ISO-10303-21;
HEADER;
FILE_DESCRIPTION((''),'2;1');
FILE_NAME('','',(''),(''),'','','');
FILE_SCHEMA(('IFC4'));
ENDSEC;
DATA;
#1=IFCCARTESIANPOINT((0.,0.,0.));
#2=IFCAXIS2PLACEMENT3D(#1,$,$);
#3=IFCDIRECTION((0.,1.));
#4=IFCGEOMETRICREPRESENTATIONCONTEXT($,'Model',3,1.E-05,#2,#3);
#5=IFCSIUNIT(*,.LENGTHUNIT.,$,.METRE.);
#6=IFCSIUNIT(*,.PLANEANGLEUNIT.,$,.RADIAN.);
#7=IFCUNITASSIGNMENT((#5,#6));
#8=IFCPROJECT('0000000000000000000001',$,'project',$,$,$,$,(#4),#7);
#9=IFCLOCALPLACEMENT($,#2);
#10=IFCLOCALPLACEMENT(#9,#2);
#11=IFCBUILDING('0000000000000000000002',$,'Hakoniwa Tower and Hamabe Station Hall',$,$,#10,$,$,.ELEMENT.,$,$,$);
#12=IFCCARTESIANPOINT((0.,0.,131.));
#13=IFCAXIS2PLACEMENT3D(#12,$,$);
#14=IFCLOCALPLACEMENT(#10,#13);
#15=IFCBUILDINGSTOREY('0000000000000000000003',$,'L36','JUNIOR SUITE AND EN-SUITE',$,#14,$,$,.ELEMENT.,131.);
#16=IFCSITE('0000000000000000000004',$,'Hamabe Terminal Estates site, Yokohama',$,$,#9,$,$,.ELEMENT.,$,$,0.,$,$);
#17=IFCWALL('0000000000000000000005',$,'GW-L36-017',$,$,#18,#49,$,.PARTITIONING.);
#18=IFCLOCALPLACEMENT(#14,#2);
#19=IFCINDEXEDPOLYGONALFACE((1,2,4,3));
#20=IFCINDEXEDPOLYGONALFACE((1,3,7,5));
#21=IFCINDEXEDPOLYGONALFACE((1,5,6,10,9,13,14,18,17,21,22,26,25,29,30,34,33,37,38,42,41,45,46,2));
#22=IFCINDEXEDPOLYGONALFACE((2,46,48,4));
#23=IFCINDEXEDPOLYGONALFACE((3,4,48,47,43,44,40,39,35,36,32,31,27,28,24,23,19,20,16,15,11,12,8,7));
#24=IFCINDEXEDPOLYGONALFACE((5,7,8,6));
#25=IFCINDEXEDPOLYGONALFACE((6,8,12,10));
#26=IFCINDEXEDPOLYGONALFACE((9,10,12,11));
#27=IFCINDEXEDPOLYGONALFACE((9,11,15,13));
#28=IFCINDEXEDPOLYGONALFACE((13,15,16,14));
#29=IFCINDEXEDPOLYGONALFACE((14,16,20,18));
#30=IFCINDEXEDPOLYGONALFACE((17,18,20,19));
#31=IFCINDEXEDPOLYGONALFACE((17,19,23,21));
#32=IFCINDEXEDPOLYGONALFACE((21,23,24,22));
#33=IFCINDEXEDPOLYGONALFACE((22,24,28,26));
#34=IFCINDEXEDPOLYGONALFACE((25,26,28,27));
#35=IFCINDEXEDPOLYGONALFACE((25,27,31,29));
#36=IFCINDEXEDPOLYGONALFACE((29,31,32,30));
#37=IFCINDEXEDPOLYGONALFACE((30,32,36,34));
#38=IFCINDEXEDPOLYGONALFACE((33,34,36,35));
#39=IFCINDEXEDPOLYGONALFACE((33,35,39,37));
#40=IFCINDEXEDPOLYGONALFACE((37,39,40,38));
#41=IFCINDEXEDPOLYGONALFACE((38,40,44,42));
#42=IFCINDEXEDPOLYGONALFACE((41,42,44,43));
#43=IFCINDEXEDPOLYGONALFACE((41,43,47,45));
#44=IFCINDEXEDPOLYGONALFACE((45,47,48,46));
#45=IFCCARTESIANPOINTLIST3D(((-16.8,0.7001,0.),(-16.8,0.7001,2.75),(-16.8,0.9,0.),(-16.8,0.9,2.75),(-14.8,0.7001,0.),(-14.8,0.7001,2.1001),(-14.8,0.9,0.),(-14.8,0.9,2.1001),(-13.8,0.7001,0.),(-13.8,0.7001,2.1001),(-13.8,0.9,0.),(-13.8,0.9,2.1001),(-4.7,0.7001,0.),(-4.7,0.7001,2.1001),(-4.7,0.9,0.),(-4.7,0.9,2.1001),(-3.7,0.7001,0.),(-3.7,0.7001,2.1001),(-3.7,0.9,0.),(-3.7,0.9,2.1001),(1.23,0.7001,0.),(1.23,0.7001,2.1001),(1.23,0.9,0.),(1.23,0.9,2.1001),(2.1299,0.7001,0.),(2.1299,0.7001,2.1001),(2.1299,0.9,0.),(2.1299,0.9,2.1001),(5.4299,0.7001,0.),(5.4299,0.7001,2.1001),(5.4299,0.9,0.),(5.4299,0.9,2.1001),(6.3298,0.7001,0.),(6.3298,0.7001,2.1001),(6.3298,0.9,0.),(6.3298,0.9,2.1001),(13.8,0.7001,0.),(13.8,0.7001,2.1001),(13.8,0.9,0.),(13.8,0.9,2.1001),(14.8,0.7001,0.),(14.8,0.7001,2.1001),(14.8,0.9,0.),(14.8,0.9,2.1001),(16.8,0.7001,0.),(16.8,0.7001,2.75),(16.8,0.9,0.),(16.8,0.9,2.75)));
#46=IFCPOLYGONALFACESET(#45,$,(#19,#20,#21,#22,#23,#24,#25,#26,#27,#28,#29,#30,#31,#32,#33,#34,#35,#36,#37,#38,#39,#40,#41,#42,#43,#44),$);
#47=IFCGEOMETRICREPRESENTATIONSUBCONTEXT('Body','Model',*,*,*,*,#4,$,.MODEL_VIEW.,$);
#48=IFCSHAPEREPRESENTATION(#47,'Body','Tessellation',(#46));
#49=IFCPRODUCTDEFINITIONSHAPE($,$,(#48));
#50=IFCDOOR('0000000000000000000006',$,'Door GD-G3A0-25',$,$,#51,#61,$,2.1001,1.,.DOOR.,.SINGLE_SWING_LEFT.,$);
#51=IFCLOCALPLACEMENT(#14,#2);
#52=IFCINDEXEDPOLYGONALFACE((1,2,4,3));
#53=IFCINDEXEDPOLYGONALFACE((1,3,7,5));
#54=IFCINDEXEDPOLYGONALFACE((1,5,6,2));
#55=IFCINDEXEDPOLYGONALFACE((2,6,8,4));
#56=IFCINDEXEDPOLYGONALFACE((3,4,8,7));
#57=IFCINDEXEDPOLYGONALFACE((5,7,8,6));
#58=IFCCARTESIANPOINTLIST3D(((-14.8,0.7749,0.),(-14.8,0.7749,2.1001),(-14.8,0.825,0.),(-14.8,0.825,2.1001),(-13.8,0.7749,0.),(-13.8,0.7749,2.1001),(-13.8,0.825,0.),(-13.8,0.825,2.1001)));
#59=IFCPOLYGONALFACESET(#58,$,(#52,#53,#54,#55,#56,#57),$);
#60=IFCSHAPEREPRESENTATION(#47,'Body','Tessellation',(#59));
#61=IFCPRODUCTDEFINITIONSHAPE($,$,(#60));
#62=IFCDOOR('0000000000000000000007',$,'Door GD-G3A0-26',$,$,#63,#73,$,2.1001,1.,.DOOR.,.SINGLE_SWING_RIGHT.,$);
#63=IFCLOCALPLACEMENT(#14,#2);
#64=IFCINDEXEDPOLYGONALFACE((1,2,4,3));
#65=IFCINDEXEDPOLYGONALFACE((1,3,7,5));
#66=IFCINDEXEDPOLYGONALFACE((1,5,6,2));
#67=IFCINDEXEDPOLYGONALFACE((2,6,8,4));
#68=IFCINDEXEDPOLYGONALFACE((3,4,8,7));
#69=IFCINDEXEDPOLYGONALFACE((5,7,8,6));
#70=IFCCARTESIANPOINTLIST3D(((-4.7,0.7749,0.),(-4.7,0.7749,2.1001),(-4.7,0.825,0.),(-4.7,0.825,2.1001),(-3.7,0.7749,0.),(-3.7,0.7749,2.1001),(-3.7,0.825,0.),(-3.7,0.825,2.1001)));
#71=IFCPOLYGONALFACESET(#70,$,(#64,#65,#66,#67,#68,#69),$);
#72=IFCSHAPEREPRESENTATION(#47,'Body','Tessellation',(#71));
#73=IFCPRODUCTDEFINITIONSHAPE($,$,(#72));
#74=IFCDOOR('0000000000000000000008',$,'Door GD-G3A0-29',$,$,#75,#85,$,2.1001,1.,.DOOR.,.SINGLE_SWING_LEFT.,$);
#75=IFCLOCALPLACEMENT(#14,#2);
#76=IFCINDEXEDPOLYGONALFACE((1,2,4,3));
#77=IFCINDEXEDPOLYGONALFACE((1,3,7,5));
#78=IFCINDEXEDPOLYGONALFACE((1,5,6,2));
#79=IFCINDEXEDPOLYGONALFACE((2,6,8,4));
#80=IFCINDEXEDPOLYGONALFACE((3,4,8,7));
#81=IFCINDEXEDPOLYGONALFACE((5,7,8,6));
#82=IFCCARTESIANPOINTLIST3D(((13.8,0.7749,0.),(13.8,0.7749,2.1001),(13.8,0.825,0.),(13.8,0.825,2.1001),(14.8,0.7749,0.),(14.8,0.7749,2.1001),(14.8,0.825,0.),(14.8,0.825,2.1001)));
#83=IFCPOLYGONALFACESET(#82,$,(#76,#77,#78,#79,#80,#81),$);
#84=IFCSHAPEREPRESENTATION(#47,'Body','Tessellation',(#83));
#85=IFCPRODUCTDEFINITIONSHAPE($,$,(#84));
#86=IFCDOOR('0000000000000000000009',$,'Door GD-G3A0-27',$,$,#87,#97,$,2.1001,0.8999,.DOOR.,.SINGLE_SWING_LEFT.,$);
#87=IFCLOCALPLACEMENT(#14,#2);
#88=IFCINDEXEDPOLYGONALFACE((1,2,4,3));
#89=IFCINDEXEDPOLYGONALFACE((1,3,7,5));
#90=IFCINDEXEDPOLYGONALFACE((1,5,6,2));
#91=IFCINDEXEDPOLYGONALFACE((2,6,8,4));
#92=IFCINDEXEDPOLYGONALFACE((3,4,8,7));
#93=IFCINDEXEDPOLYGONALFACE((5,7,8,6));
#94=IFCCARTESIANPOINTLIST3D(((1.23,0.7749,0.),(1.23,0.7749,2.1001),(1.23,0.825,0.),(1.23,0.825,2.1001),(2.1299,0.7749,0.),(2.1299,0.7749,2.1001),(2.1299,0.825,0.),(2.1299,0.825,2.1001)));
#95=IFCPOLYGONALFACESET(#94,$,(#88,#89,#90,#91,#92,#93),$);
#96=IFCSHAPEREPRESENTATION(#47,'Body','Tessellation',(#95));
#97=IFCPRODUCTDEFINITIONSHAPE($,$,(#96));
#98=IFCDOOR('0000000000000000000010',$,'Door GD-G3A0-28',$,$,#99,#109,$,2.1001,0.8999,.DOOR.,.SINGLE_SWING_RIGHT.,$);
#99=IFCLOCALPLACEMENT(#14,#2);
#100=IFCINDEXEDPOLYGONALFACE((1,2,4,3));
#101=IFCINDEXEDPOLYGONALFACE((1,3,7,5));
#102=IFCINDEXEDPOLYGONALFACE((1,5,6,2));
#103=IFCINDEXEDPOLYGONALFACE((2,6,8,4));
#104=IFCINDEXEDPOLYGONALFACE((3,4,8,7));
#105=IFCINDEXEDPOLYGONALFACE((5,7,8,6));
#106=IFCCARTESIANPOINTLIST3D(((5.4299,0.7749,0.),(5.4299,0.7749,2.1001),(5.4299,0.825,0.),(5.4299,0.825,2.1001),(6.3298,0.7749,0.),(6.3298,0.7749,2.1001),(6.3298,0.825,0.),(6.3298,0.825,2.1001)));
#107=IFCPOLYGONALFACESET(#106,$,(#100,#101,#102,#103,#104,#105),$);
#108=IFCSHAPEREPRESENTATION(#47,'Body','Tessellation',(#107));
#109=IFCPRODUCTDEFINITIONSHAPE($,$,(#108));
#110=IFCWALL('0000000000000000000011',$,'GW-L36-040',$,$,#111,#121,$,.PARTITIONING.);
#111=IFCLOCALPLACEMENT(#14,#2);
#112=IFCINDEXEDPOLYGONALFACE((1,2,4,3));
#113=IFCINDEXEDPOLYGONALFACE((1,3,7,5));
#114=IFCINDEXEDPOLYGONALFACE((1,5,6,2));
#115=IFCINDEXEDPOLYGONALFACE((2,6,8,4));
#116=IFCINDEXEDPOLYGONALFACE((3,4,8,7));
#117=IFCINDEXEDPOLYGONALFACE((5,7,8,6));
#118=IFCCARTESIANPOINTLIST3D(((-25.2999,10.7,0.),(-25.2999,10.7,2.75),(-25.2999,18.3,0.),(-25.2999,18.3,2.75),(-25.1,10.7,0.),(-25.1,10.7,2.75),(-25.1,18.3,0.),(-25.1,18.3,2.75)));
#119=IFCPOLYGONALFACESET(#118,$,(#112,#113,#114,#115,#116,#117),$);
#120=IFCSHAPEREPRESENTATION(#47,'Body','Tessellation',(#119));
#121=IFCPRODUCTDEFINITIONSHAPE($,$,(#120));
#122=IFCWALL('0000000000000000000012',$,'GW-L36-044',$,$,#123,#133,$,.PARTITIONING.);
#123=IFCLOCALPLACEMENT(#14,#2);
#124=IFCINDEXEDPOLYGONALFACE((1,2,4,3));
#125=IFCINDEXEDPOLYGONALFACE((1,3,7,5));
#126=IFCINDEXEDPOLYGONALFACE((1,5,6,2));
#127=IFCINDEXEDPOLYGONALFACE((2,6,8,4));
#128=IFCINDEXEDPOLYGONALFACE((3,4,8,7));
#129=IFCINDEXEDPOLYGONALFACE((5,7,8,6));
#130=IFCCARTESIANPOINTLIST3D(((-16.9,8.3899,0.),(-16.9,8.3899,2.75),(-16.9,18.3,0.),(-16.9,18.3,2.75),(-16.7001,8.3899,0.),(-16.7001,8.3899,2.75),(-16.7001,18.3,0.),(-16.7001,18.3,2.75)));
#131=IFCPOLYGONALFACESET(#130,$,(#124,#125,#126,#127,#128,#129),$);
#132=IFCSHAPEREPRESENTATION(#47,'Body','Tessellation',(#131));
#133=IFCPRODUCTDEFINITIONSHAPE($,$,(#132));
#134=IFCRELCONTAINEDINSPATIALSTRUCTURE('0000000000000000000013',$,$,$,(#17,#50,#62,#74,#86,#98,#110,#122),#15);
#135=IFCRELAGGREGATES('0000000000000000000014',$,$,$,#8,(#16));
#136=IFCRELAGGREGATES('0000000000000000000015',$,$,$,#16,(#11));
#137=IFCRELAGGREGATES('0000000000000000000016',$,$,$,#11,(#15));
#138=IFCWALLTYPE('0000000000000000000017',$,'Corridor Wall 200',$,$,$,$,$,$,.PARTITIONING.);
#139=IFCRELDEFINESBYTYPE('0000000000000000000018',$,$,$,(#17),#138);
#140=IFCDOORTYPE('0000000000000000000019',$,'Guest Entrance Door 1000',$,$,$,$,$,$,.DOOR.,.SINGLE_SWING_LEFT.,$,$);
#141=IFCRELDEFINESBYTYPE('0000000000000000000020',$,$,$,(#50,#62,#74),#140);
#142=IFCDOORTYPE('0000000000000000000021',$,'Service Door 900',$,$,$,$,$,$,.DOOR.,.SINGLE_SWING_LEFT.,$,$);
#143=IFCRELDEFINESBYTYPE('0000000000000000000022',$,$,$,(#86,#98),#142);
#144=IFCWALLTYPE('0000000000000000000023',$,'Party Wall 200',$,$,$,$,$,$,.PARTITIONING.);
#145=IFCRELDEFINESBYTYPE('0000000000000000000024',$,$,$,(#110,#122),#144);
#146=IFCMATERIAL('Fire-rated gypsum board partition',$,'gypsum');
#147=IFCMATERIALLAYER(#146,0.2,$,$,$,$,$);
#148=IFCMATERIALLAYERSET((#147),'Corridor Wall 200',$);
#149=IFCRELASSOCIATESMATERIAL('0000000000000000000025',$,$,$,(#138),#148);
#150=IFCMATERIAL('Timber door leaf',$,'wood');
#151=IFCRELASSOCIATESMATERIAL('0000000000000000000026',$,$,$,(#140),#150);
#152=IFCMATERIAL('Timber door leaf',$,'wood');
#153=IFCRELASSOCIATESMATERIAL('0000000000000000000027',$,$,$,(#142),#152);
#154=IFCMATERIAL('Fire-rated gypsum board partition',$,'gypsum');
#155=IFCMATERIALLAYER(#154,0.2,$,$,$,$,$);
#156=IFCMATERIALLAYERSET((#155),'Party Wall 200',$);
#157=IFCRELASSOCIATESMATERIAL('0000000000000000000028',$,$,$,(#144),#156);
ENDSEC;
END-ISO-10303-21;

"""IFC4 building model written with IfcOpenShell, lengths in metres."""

from ifc_helpers import new_model, si_unit, direction, frame, frame_2d, origin, place, context, subcontext, project, spatial, rectangle, extrude, material, layer, layer_set, type_object, element, fill, save


model = new_model("IFC4")

# Units and contexts
model_context = context("Model", 3, precision=1e-05, world=origin(), true_north=direction((0.0, 1.0)))
body_context = subcontext(model_context, "Body", "Model", "MODEL_VIEW")
ifc_project = project(units=[si_unit("LENGTHUNIT", "METRE"), si_unit("PLANEANGLEUNIT", "RADIAN")], contexts=[model_context])

# Site, building, storey
site_placement = place(None, origin())
site = spatial("IfcSite", under=ifc_project, at=site_placement, Name="Hamabe Terminal Estates site, Yokohama", CompositionType="ELEMENT", RefElevation=0.0)
building_placement = place(site_placement, origin())
building = spatial("IfcBuilding", under=site, at=building_placement, Name="Hakoniwa Tower and Hamabe Station Hall", CompositionType="ELEMENT")
storey_placement = place(building_placement, frame((0.0, 0.0, 131.0)))
storey = spatial("IfcBuildingStorey", under=building, at=storey_placement, Name="L36", Description="JUNIOR SUITE AND EN-SUITE", CompositionType="ELEMENT", Elevation=131.0)

# Wall, openings, doors
ifc_material_1 = material(Name="Fire-rated gypsum board partition", Category="gypsum")
ifc_layer_1 = layer(ifc_material_1, 0.2)
ifc_layer_set_1 = layer_set([ifc_layer_1], Name="Corridor Wall 200")
wall_type_1 = type_object("IfcWallType", Name="Corridor Wall 200", PredefinedType="PARTITIONING", material=ifc_layer_set_1)
wall_1_placement = place(storey_placement, frame((-16.8, 0.8, 0.0), z_axis=(0.0, 0.0, 1.0), x_axis=(1.0, 0.0, 0.0)))
wall_1 = element("IfcWall", 1, at=wall_1_placement, inside=storey, type_object=wall_type_1, Name="GW-L36-017", PredefinedType="PARTITIONING", context=body_context, shape_type="SweptSolid", body=[
    extrude(rectangle(XDim=33.6001, YDim=0.2, at=frame_2d((16.8, 0.0))), origin(), (0.0, 0.0, 1.0), 2.75),
])
opening_1_placement = place(wall_1_placement, frame((2.0, 0.0, 0.0)))
opening_1 = element("IfcOpeningElement", 2, at=opening_1_placement, cuts=wall_1, PredefinedType="OPENING", context=body_context, shape_type="SweptSolid", body=[
    extrude(rectangle(XDim=1.0, YDim=2.1001, at=frame_2d((0.5, 1.05))), frame((0.0, 0.1099, 0.0), z_axis=(0.0, -1.0, 0.0), x_axis=(1.0, 0.0, 0.0)), (0.0, 0.0, 1.0), 0.22),
])
opening_2_placement = place(wall_1_placement, frame((12.1001, 0.0, 0.0)))
opening_2 = element("IfcOpeningElement", 3, at=opening_2_placement, cuts=wall_1, PredefinedType="OPENING", context=body_context, shape_type="SweptSolid", body=[
    extrude(rectangle(XDim=1.0, YDim=2.1001, at=frame_2d((0.5, 1.05))), frame((0.0, 0.1099, 0.0), z_axis=(0.0, -1.0, 0.0), x_axis=(1.0, 0.0, 0.0)), (0.0, 0.0, 1.0), 0.22),
])
opening_3_placement = place(wall_1_placement, frame((18.03, 0.0, 0.0)))
opening_3 = element("IfcOpeningElement", 4, at=opening_3_placement, cuts=wall_1, PredefinedType="OPENING", context=body_context, shape_type="SweptSolid", body=[
    extrude(rectangle(XDim=0.8999, YDim=2.1001, at=frame_2d((0.45, 1.05))), frame((0.0, 0.1099, 0.0), z_axis=(0.0, -1.0, 0.0), x_axis=(1.0, 0.0, 0.0)), (0.0, 0.0, 1.0), 0.22),
])
opening_4_placement = place(wall_1_placement, frame((22.23, 0.0, 0.0)))
opening_4 = element("IfcOpeningElement", 5, at=opening_4_placement, cuts=wall_1, PredefinedType="OPENING", context=body_context, shape_type="SweptSolid", body=[
    extrude(rectangle(XDim=0.8999, YDim=2.1001, at=frame_2d((0.45, 1.05))), frame((0.0, 0.1099, 0.0), z_axis=(0.0, -1.0, 0.0), x_axis=(1.0, 0.0, 0.0)), (0.0, 0.0, 1.0), 0.22),
])
opening_5_placement = place(wall_1_placement, frame((30.6001, 0.0, 0.0)))
opening_5 = element("IfcOpeningElement", 6, at=opening_5_placement, cuts=wall_1, PredefinedType="OPENING", context=body_context, shape_type="SweptSolid", body=[
    extrude(rectangle(XDim=1.0, YDim=2.1001, at=frame_2d((0.5, 1.05))), frame((0.0, 0.1099, 0.0), z_axis=(0.0, -1.0, 0.0), x_axis=(1.0, 0.0, 0.0)), (0.0, 0.0, 1.0), 0.22),
])
ifc_material_2 = material(Name="Timber door leaf", Category="wood")
door_type_1 = type_object("IfcDoorType", Name="Guest Entrance Door 1000", OperationType="SINGLE_SWING_LEFT", PredefinedType="DOOR", material=ifc_material_2)
door_1_placement = place(opening_1_placement, origin())
door_1 = element("IfcDoor", 7, at=door_1_placement, inside=storey, type_object=door_type_1, Name="Door GD-G3A0-25", OperationType="SINGLE_SWING_LEFT", OverallHeight=2.1001, OverallWidth=1.0, PredefinedType="DOOR", context=body_context, shape_type="SweptSolid", body=[
    extrude(rectangle(XDim=1.0, YDim=2.1001, at=frame_2d((0.5, 1.05))), frame((0.0, 0.0249, 0.0), z_axis=(0.0, -1.0, 0.0), x_axis=(1.0, 0.0, 0.0)), (0.0, 0.0, 1.0), 0.05),
])
fill(opening_1, door_1)
door_2_placement = place(opening_2_placement, origin())
door_2 = element("IfcDoor", 8, at=door_2_placement, inside=storey, type_object=door_type_1, Name="Door GD-G3A0-26", OperationType="SINGLE_SWING_RIGHT", OverallHeight=2.1001, OverallWidth=1.0, PredefinedType="DOOR", context=body_context, shape_type="SweptSolid", body=[
    extrude(rectangle(XDim=1.0, YDim=2.1001, at=frame_2d((0.5, 1.05))), frame((0.0, 0.0249, 0.0), z_axis=(0.0, -1.0, 0.0), x_axis=(1.0, 0.0, 0.0)), (0.0, 0.0, 1.0), 0.05),
])
fill(opening_2, door_2)
door_3_placement = place(opening_5_placement, origin())
door_3 = element("IfcDoor", 9, at=door_3_placement, inside=storey, type_object=door_type_1, Name="Door GD-G3A0-29", OperationType="SINGLE_SWING_LEFT", OverallHeight=2.1001, OverallWidth=1.0, PredefinedType="DOOR", context=body_context, shape_type="SweptSolid", body=[
    extrude(rectangle(XDim=1.0, YDim=2.1001, at=frame_2d((0.5, 1.05))), frame((0.0, 0.0249, 0.0), z_axis=(0.0, -1.0, 0.0), x_axis=(1.0, 0.0, 0.0)), (0.0, 0.0, 1.0), 0.05),
])
fill(opening_5, door_3)
ifc_material_3 = material(Name="Timber door leaf", Category="wood")
door_type_2 = type_object("IfcDoorType", Name="Service Door 900", OperationType="SINGLE_SWING_LEFT", PredefinedType="DOOR", material=ifc_material_3)
door_4_placement = place(opening_3_placement, origin())
door_4 = element("IfcDoor", 10, at=door_4_placement, inside=storey, type_object=door_type_2, Name="Door GD-G3A0-27", OperationType="SINGLE_SWING_LEFT", OverallHeight=2.1001, OverallWidth=0.8999, PredefinedType="DOOR", context=body_context, shape_type="SweptSolid", body=[
    extrude(rectangle(XDim=0.8999, YDim=2.1001, at=frame_2d((0.45, 1.05))), frame((0.0, 0.0249, 0.0), z_axis=(0.0, -1.0, 0.0), x_axis=(1.0, 0.0, 0.0)), (0.0, 0.0, 1.0), 0.05),
])
fill(opening_3, door_4)
door_5_placement = place(opening_4_placement, origin())
door_5 = element("IfcDoor", 11, at=door_5_placement, inside=storey, type_object=door_type_2, Name="Door GD-G3A0-28", OperationType="SINGLE_SWING_RIGHT", OverallHeight=2.1001, OverallWidth=0.8999, PredefinedType="DOOR", context=body_context, shape_type="SweptSolid", body=[
    extrude(rectangle(XDim=0.8999, YDim=2.1001, at=frame_2d((0.45, 1.05))), frame((0.0, 0.0249, 0.0), z_axis=(0.0, -1.0, 0.0), x_axis=(1.0, 0.0, 0.0)), (0.0, 0.0, 1.0), 0.05),
])
fill(opening_4, door_5)

# Walls
ifc_material_4 = material(Name="Fire-rated gypsum board partition", Category="gypsum")
ifc_layer_2 = layer(ifc_material_4, 0.2)
ifc_layer_set_2 = layer_set([ifc_layer_2], Name="Party Wall 200")
wall_type_2 = type_object("IfcWallType", Name="Party Wall 200", PredefinedType="PARTITIONING", material=ifc_layer_set_2)
wall_2_placement = place(storey_placement, frame((-25.2, 10.7, 0.0), z_axis=(0.0, 0.0, 1.0), x_axis=(0.0, 1.0, 0.0)))
element("IfcWall", 12, at=wall_2_placement, inside=storey, type_object=wall_type_2, Name="GW-L36-040", PredefinedType="PARTITIONING", context=body_context, shape_type="SweptSolid", body=[
    extrude(rectangle(XDim=7.6001, YDim=0.2, at=frame_2d((3.8, 0.0))), origin(), (0.0, 0.0, 1.0), 2.75),
])
wall_3_placement = place(storey_placement, frame((-16.8, 8.3899, 0.0), z_axis=(0.0, 0.0, 1.0), x_axis=(0.0, 1.0, 0.0)))
element("IfcWall", 13, at=wall_3_placement, inside=storey, type_object=wall_type_2, Name="GW-L36-044", PredefinedType="PARTITIONING", context=body_context, shape_type="SweptSolid", body=[
    extrude(rectangle(XDim=9.9102, YDim=0.2, at=frame_2d((4.9551, 0.0))), origin(), (0.0, 0.0, 1.0), 2.75),
])

save(model, "model.ifc")
